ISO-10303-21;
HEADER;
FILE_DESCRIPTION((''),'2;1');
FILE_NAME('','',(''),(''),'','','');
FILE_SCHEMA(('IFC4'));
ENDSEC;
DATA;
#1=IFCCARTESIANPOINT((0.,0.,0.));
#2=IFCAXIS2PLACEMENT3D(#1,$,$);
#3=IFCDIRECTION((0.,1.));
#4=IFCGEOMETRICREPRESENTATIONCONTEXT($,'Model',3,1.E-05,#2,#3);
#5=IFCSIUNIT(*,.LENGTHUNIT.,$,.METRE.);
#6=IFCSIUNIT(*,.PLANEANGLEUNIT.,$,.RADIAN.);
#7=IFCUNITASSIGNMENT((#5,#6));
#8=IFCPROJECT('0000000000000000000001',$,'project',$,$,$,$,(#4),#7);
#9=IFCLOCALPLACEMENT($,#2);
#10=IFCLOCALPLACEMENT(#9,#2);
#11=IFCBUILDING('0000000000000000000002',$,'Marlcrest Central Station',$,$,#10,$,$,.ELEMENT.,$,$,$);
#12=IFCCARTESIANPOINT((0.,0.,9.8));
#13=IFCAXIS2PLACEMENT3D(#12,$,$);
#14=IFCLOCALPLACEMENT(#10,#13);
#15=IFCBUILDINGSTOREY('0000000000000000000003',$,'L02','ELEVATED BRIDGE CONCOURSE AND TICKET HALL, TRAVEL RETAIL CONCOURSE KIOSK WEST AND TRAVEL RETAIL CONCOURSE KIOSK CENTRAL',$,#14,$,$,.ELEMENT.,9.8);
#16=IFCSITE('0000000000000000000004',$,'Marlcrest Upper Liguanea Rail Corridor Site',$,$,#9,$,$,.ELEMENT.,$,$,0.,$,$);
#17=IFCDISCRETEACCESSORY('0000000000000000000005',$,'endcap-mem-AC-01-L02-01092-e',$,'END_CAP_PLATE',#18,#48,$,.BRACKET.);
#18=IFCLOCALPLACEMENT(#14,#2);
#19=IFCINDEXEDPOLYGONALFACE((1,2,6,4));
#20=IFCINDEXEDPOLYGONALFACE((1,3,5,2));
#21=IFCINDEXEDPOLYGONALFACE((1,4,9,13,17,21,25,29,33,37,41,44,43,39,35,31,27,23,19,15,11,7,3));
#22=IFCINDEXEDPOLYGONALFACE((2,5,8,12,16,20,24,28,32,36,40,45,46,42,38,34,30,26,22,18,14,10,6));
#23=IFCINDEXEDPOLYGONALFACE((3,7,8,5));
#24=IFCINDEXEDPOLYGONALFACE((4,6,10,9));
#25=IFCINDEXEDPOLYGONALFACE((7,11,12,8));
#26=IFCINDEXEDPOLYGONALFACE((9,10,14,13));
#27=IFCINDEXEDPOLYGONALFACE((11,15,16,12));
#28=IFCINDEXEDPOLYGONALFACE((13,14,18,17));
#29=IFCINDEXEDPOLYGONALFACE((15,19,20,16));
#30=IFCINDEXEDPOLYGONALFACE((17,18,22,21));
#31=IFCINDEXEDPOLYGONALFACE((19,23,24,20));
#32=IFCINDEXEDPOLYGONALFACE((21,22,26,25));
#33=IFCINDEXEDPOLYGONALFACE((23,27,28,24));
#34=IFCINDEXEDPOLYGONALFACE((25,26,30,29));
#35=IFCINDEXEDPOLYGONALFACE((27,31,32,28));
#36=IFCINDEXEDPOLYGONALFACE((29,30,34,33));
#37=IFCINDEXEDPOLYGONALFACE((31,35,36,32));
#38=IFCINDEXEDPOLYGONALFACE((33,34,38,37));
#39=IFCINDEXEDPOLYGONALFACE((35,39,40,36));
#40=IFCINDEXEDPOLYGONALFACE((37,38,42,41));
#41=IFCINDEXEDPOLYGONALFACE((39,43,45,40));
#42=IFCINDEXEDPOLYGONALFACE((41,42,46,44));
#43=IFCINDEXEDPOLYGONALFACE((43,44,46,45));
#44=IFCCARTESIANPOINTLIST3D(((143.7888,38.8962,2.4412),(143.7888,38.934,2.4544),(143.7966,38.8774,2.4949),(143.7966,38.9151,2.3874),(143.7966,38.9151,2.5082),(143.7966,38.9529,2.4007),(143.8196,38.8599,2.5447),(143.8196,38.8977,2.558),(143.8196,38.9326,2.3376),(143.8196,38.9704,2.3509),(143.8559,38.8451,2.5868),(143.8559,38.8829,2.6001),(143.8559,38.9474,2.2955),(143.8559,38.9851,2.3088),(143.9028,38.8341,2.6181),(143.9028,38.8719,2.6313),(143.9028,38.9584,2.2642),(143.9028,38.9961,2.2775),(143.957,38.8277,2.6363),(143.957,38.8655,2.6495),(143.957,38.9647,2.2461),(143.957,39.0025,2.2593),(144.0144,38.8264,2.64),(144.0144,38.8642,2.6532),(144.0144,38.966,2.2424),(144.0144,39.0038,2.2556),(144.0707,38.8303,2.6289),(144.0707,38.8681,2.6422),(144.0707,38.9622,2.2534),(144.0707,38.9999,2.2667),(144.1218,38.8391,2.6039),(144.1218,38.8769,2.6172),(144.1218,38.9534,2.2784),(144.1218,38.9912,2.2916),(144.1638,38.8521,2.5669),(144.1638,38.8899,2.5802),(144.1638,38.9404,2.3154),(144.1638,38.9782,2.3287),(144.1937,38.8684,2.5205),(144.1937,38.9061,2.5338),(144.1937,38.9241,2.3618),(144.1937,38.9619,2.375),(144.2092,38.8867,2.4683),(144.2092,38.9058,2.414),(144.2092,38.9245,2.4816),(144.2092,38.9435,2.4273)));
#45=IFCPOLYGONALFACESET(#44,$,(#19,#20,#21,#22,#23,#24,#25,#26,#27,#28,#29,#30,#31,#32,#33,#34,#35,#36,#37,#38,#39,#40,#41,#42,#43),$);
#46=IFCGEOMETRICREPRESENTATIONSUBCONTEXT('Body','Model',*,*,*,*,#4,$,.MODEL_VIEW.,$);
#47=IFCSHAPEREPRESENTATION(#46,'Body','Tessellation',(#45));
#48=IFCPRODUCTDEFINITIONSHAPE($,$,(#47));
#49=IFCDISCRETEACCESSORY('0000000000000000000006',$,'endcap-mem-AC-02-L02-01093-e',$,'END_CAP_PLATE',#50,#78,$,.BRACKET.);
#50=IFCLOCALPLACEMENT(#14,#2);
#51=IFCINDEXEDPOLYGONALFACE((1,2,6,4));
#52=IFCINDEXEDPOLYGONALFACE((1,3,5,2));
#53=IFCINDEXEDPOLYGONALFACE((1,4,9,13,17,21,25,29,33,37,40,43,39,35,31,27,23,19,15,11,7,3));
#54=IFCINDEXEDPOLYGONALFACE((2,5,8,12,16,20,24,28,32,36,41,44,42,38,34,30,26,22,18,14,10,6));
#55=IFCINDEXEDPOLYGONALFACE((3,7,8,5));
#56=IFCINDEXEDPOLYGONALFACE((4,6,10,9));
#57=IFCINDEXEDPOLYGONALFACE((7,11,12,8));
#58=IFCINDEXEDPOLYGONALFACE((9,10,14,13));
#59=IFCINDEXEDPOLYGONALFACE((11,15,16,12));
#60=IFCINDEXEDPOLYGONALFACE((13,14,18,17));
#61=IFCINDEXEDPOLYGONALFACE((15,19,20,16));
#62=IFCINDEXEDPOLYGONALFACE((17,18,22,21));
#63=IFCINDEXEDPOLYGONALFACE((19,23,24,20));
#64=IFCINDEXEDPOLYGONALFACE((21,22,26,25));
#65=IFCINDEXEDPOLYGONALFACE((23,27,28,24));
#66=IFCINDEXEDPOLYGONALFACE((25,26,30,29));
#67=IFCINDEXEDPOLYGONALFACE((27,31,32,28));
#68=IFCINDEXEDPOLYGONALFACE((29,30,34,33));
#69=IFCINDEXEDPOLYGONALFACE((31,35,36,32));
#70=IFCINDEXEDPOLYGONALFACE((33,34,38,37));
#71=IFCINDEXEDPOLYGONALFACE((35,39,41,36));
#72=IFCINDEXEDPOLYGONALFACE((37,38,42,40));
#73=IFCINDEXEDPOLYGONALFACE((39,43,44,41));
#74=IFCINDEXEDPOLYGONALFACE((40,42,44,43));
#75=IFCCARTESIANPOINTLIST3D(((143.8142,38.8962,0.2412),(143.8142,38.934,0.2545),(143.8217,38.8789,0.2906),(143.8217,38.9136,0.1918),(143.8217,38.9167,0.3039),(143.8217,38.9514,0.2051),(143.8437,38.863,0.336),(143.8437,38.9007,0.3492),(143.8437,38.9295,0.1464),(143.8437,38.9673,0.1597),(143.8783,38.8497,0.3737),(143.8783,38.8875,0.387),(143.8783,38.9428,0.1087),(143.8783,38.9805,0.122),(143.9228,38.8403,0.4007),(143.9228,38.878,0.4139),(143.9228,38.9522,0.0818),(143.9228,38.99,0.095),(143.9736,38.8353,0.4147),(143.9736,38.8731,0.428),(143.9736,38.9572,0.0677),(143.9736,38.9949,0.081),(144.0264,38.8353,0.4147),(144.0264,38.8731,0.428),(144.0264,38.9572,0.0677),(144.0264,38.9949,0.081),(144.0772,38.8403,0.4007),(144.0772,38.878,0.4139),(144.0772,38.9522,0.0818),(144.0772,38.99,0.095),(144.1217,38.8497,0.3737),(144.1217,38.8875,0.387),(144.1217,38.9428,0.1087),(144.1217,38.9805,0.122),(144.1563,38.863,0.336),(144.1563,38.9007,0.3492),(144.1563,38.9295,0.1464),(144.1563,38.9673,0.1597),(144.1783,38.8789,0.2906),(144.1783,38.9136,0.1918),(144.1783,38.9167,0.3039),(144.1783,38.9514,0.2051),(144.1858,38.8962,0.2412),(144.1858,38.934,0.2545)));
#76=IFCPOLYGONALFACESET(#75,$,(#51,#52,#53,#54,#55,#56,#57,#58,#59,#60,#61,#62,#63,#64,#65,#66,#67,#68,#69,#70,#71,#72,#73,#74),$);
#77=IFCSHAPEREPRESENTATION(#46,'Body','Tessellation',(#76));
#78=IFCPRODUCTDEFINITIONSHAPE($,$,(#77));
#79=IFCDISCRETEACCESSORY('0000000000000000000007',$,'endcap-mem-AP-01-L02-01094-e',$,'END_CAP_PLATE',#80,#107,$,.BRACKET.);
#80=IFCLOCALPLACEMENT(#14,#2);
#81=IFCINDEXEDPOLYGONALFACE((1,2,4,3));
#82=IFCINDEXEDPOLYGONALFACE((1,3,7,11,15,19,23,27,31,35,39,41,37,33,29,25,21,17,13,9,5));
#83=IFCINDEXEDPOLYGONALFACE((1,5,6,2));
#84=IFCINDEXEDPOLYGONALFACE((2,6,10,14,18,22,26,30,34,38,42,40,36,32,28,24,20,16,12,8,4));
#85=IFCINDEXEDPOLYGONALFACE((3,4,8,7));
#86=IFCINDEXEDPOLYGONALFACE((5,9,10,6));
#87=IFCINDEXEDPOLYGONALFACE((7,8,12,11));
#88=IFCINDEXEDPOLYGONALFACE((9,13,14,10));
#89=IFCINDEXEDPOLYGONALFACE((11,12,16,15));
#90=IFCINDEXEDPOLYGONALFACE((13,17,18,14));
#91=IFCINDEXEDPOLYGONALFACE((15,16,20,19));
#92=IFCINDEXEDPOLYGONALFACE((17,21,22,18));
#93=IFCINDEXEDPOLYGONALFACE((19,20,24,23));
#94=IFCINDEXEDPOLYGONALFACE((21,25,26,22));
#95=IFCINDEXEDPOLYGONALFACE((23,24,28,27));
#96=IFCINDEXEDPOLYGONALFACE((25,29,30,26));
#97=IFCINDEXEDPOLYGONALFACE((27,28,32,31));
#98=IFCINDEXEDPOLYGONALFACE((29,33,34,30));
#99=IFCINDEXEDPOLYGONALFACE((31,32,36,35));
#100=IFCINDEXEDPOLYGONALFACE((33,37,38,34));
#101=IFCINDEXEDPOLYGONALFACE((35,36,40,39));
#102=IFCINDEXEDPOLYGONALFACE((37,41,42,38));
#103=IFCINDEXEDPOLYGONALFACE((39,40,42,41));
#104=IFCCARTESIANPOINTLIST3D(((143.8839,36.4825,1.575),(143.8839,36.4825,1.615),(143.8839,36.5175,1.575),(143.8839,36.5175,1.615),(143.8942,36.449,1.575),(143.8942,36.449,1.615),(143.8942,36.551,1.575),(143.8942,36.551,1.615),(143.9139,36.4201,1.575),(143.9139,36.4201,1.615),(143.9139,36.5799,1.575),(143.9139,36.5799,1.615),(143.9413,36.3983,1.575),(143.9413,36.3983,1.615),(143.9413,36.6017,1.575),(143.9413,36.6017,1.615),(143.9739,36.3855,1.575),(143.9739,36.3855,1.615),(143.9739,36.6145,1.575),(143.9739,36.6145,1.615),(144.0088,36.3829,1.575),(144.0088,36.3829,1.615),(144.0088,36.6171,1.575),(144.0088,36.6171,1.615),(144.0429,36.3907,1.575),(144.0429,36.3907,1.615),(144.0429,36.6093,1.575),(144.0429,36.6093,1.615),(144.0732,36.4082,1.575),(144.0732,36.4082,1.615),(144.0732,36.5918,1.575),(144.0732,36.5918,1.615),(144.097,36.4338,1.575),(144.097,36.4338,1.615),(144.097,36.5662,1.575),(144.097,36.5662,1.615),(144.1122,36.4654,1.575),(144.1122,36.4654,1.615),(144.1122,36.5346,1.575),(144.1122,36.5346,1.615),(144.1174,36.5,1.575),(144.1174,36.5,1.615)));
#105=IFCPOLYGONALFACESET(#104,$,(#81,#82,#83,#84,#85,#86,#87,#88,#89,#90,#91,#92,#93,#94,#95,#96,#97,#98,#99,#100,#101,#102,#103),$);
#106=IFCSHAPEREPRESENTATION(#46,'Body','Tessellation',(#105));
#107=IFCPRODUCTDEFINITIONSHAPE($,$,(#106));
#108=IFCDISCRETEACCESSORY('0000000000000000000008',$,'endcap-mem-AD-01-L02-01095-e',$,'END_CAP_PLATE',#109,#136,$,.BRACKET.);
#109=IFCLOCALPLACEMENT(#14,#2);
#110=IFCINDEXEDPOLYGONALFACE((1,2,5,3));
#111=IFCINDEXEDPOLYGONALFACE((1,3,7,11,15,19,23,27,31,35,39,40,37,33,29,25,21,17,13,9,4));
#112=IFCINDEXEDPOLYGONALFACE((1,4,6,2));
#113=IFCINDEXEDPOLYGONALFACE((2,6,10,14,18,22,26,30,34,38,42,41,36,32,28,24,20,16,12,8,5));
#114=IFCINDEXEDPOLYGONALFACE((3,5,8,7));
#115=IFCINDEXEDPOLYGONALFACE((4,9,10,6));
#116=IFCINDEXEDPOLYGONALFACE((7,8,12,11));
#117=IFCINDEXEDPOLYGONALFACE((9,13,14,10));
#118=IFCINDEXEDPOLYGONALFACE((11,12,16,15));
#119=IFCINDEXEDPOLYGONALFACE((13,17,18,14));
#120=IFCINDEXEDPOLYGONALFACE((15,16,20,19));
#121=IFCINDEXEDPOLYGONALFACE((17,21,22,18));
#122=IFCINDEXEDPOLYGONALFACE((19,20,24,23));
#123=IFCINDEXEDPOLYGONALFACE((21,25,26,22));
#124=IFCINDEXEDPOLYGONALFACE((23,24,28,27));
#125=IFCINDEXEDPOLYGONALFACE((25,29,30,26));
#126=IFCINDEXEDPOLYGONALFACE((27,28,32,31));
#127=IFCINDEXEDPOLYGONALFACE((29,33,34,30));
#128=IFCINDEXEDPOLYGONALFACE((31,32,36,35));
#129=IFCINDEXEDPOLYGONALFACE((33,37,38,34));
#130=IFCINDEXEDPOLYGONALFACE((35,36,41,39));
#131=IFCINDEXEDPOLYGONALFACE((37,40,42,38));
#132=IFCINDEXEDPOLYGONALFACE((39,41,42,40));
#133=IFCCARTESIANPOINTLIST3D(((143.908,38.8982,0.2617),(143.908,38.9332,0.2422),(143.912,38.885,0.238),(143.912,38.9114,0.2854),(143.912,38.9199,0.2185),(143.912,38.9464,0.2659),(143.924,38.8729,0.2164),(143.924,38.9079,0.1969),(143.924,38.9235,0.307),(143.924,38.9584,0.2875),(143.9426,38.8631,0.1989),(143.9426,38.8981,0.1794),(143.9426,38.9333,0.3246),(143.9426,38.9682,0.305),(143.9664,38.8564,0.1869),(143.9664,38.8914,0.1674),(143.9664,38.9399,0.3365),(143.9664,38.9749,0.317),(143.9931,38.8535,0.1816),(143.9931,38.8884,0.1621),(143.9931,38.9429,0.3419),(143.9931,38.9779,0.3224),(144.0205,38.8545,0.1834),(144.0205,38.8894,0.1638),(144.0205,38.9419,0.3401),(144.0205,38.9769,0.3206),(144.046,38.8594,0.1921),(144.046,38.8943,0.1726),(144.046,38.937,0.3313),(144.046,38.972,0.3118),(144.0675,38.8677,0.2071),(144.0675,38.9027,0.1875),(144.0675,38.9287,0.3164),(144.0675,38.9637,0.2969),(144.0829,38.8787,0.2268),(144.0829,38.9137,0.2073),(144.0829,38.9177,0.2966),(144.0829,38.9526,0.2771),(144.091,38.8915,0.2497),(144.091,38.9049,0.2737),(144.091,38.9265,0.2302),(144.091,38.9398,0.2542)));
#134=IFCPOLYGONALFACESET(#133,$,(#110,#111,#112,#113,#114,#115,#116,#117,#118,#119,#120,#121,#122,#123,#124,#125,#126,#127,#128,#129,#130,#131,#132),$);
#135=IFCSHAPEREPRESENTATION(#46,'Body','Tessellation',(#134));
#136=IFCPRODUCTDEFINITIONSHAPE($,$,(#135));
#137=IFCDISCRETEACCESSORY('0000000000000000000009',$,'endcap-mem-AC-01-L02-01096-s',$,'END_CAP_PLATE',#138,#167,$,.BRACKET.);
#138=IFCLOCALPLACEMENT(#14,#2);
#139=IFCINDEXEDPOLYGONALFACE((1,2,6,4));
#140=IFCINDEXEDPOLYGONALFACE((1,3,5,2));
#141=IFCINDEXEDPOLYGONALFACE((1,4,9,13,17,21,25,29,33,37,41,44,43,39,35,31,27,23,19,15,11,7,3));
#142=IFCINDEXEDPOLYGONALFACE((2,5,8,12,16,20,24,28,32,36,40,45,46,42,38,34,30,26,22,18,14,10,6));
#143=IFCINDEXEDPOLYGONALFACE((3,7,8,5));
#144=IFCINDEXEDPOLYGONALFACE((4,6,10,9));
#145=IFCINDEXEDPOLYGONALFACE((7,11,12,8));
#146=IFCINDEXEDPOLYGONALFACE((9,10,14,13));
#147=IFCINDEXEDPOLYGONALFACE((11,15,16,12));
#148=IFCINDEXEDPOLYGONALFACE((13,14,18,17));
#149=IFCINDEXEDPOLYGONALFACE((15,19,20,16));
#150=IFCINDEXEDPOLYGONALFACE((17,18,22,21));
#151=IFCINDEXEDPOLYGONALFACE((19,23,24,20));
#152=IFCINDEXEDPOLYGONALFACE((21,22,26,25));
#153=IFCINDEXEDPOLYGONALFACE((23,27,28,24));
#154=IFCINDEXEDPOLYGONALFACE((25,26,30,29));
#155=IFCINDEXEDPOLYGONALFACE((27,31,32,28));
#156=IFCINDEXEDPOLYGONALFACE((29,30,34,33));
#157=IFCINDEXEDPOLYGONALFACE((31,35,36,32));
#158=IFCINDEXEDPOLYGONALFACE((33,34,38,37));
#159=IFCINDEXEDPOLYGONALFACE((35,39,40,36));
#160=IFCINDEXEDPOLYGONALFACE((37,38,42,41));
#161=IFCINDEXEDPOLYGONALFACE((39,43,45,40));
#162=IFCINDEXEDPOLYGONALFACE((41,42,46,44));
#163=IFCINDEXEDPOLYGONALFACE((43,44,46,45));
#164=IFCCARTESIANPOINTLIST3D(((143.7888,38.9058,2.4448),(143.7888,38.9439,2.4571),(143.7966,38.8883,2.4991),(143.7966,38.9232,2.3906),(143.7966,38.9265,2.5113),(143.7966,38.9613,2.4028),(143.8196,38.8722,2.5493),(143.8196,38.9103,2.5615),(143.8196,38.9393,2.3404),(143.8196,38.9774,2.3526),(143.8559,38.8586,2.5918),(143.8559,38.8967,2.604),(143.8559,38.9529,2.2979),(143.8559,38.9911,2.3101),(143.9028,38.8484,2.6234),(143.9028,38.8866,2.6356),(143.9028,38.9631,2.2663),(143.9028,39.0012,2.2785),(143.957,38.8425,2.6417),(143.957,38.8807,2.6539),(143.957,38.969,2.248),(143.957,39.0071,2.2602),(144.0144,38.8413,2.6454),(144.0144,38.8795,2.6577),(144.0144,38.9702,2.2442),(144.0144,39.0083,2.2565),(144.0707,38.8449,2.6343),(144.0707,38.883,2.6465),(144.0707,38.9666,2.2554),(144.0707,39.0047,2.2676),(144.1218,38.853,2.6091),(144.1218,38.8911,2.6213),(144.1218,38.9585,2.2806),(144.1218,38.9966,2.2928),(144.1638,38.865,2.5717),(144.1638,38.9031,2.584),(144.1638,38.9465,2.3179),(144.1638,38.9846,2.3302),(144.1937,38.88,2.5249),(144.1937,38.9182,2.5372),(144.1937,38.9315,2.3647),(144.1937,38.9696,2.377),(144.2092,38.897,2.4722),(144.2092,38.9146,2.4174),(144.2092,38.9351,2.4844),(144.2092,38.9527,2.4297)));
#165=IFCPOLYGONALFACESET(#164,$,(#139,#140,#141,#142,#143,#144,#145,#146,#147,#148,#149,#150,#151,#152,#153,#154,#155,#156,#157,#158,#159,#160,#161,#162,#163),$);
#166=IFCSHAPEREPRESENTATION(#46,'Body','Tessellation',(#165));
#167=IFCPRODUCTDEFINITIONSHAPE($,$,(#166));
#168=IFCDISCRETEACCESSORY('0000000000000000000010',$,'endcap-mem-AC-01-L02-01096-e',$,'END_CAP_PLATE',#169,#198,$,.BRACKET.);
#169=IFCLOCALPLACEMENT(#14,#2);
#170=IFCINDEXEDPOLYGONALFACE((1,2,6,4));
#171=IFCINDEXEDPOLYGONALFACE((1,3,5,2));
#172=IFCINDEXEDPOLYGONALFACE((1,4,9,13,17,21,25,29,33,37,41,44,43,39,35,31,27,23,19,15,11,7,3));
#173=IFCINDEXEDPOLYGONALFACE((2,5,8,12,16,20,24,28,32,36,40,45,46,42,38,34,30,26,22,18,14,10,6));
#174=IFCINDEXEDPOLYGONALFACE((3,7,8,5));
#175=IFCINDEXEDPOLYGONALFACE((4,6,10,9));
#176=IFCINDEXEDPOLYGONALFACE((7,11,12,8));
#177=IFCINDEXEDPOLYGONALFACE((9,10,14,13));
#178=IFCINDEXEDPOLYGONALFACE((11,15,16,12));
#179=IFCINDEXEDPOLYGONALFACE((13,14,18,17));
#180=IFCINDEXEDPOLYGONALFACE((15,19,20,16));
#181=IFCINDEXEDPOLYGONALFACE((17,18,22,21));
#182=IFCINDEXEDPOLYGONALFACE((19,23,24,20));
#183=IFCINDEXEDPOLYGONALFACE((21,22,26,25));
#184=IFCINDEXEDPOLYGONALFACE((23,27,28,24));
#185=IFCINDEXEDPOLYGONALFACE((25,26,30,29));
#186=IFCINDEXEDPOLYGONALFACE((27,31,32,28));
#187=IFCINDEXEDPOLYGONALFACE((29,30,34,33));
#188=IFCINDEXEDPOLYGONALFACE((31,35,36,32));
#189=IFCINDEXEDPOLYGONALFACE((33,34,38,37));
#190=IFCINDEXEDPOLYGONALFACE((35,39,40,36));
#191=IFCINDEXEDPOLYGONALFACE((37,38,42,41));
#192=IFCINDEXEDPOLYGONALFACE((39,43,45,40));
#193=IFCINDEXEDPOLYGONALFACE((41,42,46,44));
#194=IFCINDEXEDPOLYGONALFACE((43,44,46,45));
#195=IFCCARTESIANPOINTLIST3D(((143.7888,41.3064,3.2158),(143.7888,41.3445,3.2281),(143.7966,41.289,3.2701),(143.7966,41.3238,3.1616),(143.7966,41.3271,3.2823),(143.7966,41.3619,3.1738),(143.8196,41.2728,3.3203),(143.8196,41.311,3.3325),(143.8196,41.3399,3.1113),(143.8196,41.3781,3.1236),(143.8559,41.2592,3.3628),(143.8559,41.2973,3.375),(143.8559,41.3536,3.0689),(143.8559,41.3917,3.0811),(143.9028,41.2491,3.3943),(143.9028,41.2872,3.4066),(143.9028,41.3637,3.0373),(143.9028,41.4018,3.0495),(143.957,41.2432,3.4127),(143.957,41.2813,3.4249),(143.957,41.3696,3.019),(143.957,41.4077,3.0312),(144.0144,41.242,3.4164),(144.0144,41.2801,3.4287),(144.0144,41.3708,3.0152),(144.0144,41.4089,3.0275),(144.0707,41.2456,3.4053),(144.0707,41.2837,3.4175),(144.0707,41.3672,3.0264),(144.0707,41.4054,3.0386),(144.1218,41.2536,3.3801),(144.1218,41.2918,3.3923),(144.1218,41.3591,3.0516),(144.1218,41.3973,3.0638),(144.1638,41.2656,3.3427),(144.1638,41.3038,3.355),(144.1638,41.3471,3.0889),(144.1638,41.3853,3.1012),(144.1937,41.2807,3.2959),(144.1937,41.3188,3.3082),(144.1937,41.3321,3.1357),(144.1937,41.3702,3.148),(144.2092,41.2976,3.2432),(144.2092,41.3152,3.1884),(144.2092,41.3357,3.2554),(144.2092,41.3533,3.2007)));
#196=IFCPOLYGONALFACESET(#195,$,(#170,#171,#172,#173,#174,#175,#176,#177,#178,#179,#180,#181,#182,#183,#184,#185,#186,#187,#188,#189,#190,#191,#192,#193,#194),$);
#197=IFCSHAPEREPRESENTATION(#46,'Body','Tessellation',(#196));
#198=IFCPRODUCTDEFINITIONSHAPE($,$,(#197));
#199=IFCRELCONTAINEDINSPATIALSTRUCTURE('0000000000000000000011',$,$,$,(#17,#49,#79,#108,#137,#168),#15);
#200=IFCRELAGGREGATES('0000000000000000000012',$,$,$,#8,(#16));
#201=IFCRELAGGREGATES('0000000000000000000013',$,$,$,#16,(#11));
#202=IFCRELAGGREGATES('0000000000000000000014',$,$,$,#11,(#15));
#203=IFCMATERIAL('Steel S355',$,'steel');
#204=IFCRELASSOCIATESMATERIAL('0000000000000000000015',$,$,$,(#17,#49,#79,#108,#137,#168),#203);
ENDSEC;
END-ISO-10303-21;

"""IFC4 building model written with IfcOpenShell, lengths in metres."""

from ifc_helpers import new_model, si_unit, direction, frame, origin, origin_2d, place, context, subcontext, project, spatial, circle, extrude, material, element, save


model = new_model("IFC4")

# Units and contexts
model_context = context("Model", 3, precision=1e-05, world=origin(), true_north=direction((0.0, 1.0)))
body_context = subcontext(model_context, "Body", "Model", "MODEL_VIEW")
ifc_project = project(units=[si_unit("LENGTHUNIT", "METRE"), si_unit("PLANEANGLEUNIT", "RADIAN")], contexts=[model_context])

# Site, building, storey
site_placement = place(None, origin())
site = spatial("IfcSite", under=ifc_project, at=site_placement, Name="Marlcrest Upper Liguanea Rail Corridor Site", CompositionType="ELEMENT", RefElevation=0.0)
building_placement = place(site_placement, origin())
building = spatial("IfcBuilding", under=site, at=building_placement, Name="Marlcrest Central Station", CompositionType="ELEMENT")
storey_placement = place(building_placement, frame((0.0, 0.0, 9.8)))
storey = spatial("IfcBuildingStorey", under=building, at=storey_placement, Name="L02", Description="ELEVATED BRIDGE CONCOURSE AND TICKET HALL, TRAVEL RETAIL CONCOURSE KIOSK WEST AND TRAVEL RETAIL CONCOURSE KIOSK CENTRAL", CompositionType="ELEMENT", Elevation=9.8)

# Shared definitions
ifc_material_1 = material(Name="Steel S355", Category="steel")

# Discrete accessories
discrete_accessory_1_placement = place(storey_placement, frame((144.0, 38.8962, 2.4412), z_axis=(0.0, 0.943537, 0.331266), x_axis=(-1.0, 0.0, 0.0)))
element("IfcDiscreteAccessory", 1, at=discrete_accessory_1_placement, inside=storey, material=ifc_material_1, Name="endcap-mem-AC-01-L02-01092-e", ObjectType="END_CAP_PLATE", PredefinedType="BRACKET", context=body_context, shape_type="SweptSolid", body=[
    extrude(circle(Radius=0.2112, at=origin_2d()), origin(), (0.0, 0.0, 1.0), 0.04),
])
discrete_accessory_2_placement = place(storey_placement, frame((144.0, 38.8962, 0.2412), z_axis=(0.0, 0.943537, 0.331266), x_axis=(-1.0, 0.0, 0.0)))
element("IfcDiscreteAccessory", 2, at=discrete_accessory_2_placement, inside=storey, material=ifc_material_1, Name="endcap-mem-AC-02-L02-01093-e", ObjectType="END_CAP_PLATE", PredefinedType="BRACKET", context=body_context, shape_type="SweptSolid", body=[
    extrude(circle(Radius=0.1858, at=origin_2d()), origin(), (0.0, 0.0, 1.0), 0.04),
])
discrete_accessory_3_placement = place(storey_placement, frame((144.0, 36.5, 1.575), z_axis=(0.0, 0.0, 1.0), x_axis=(1.0, 0.0, 0.0)))
element("IfcDiscreteAccessory", 3, at=discrete_accessory_3_placement, inside=storey, material=ifc_material_1, Name="endcap-mem-AP-01-L02-01094-e", ObjectType="END_CAP_PLATE", PredefinedType="BRACKET", context=body_context, shape_type="SweptSolid", body=[
    extrude(circle(Radius=0.1174, at=origin_2d()), origin(), (0.0, 0.0, 1.0), 0.04),
])
discrete_accessory_4_placement = place(storey_placement, frame((144.0, 38.8982, 0.2617), z_axis=(0.0, 0.873246, -0.48728), x_axis=(-1.0, 0.0, 0.0)))
element("IfcDiscreteAccessory", 4, at=discrete_accessory_4_placement, inside=storey, material=ifc_material_1, Name="endcap-mem-AD-01-L02-01095-e", ObjectType="END_CAP_PLATE", PredefinedType="BRACKET", context=body_context, shape_type="SweptSolid", body=[
    extrude(circle(Radius=0.092, at=origin_2d()), origin(), (0.0, 0.0, 1.0), 0.04),
])
for number, where, z_axis, x_axis, name in (
    (5, (144.0, 38.9058, 2.4448), (0.0, 0.952117, 0.305734), (-1.0, 0.0, 0.0), "endcap-mem-AC-01-L02-01096-s"),
    (6, (144.0, 41.3064, 3.2158), (0.0, 0.952117, 0.305734), (-1.0, 0.0, 0.0), "endcap-mem-AC-01-L02-01096-e"),
):
    element("IfcDiscreteAccessory", number, at=place(storey_placement, frame(where, z_axis=z_axis, x_axis=x_axis)), inside=storey, material=ifc_material_1, Name=name, ObjectType="END_CAP_PLATE", PredefinedType="BRACKET", context=body_context, shape_type="SweptSolid", body=[
        extrude(circle(Radius=0.2112, at=origin_2d()), origin(), (0.0, 0.0, 1.0), 0.04),
    ])

save(model, "model.ifc")
